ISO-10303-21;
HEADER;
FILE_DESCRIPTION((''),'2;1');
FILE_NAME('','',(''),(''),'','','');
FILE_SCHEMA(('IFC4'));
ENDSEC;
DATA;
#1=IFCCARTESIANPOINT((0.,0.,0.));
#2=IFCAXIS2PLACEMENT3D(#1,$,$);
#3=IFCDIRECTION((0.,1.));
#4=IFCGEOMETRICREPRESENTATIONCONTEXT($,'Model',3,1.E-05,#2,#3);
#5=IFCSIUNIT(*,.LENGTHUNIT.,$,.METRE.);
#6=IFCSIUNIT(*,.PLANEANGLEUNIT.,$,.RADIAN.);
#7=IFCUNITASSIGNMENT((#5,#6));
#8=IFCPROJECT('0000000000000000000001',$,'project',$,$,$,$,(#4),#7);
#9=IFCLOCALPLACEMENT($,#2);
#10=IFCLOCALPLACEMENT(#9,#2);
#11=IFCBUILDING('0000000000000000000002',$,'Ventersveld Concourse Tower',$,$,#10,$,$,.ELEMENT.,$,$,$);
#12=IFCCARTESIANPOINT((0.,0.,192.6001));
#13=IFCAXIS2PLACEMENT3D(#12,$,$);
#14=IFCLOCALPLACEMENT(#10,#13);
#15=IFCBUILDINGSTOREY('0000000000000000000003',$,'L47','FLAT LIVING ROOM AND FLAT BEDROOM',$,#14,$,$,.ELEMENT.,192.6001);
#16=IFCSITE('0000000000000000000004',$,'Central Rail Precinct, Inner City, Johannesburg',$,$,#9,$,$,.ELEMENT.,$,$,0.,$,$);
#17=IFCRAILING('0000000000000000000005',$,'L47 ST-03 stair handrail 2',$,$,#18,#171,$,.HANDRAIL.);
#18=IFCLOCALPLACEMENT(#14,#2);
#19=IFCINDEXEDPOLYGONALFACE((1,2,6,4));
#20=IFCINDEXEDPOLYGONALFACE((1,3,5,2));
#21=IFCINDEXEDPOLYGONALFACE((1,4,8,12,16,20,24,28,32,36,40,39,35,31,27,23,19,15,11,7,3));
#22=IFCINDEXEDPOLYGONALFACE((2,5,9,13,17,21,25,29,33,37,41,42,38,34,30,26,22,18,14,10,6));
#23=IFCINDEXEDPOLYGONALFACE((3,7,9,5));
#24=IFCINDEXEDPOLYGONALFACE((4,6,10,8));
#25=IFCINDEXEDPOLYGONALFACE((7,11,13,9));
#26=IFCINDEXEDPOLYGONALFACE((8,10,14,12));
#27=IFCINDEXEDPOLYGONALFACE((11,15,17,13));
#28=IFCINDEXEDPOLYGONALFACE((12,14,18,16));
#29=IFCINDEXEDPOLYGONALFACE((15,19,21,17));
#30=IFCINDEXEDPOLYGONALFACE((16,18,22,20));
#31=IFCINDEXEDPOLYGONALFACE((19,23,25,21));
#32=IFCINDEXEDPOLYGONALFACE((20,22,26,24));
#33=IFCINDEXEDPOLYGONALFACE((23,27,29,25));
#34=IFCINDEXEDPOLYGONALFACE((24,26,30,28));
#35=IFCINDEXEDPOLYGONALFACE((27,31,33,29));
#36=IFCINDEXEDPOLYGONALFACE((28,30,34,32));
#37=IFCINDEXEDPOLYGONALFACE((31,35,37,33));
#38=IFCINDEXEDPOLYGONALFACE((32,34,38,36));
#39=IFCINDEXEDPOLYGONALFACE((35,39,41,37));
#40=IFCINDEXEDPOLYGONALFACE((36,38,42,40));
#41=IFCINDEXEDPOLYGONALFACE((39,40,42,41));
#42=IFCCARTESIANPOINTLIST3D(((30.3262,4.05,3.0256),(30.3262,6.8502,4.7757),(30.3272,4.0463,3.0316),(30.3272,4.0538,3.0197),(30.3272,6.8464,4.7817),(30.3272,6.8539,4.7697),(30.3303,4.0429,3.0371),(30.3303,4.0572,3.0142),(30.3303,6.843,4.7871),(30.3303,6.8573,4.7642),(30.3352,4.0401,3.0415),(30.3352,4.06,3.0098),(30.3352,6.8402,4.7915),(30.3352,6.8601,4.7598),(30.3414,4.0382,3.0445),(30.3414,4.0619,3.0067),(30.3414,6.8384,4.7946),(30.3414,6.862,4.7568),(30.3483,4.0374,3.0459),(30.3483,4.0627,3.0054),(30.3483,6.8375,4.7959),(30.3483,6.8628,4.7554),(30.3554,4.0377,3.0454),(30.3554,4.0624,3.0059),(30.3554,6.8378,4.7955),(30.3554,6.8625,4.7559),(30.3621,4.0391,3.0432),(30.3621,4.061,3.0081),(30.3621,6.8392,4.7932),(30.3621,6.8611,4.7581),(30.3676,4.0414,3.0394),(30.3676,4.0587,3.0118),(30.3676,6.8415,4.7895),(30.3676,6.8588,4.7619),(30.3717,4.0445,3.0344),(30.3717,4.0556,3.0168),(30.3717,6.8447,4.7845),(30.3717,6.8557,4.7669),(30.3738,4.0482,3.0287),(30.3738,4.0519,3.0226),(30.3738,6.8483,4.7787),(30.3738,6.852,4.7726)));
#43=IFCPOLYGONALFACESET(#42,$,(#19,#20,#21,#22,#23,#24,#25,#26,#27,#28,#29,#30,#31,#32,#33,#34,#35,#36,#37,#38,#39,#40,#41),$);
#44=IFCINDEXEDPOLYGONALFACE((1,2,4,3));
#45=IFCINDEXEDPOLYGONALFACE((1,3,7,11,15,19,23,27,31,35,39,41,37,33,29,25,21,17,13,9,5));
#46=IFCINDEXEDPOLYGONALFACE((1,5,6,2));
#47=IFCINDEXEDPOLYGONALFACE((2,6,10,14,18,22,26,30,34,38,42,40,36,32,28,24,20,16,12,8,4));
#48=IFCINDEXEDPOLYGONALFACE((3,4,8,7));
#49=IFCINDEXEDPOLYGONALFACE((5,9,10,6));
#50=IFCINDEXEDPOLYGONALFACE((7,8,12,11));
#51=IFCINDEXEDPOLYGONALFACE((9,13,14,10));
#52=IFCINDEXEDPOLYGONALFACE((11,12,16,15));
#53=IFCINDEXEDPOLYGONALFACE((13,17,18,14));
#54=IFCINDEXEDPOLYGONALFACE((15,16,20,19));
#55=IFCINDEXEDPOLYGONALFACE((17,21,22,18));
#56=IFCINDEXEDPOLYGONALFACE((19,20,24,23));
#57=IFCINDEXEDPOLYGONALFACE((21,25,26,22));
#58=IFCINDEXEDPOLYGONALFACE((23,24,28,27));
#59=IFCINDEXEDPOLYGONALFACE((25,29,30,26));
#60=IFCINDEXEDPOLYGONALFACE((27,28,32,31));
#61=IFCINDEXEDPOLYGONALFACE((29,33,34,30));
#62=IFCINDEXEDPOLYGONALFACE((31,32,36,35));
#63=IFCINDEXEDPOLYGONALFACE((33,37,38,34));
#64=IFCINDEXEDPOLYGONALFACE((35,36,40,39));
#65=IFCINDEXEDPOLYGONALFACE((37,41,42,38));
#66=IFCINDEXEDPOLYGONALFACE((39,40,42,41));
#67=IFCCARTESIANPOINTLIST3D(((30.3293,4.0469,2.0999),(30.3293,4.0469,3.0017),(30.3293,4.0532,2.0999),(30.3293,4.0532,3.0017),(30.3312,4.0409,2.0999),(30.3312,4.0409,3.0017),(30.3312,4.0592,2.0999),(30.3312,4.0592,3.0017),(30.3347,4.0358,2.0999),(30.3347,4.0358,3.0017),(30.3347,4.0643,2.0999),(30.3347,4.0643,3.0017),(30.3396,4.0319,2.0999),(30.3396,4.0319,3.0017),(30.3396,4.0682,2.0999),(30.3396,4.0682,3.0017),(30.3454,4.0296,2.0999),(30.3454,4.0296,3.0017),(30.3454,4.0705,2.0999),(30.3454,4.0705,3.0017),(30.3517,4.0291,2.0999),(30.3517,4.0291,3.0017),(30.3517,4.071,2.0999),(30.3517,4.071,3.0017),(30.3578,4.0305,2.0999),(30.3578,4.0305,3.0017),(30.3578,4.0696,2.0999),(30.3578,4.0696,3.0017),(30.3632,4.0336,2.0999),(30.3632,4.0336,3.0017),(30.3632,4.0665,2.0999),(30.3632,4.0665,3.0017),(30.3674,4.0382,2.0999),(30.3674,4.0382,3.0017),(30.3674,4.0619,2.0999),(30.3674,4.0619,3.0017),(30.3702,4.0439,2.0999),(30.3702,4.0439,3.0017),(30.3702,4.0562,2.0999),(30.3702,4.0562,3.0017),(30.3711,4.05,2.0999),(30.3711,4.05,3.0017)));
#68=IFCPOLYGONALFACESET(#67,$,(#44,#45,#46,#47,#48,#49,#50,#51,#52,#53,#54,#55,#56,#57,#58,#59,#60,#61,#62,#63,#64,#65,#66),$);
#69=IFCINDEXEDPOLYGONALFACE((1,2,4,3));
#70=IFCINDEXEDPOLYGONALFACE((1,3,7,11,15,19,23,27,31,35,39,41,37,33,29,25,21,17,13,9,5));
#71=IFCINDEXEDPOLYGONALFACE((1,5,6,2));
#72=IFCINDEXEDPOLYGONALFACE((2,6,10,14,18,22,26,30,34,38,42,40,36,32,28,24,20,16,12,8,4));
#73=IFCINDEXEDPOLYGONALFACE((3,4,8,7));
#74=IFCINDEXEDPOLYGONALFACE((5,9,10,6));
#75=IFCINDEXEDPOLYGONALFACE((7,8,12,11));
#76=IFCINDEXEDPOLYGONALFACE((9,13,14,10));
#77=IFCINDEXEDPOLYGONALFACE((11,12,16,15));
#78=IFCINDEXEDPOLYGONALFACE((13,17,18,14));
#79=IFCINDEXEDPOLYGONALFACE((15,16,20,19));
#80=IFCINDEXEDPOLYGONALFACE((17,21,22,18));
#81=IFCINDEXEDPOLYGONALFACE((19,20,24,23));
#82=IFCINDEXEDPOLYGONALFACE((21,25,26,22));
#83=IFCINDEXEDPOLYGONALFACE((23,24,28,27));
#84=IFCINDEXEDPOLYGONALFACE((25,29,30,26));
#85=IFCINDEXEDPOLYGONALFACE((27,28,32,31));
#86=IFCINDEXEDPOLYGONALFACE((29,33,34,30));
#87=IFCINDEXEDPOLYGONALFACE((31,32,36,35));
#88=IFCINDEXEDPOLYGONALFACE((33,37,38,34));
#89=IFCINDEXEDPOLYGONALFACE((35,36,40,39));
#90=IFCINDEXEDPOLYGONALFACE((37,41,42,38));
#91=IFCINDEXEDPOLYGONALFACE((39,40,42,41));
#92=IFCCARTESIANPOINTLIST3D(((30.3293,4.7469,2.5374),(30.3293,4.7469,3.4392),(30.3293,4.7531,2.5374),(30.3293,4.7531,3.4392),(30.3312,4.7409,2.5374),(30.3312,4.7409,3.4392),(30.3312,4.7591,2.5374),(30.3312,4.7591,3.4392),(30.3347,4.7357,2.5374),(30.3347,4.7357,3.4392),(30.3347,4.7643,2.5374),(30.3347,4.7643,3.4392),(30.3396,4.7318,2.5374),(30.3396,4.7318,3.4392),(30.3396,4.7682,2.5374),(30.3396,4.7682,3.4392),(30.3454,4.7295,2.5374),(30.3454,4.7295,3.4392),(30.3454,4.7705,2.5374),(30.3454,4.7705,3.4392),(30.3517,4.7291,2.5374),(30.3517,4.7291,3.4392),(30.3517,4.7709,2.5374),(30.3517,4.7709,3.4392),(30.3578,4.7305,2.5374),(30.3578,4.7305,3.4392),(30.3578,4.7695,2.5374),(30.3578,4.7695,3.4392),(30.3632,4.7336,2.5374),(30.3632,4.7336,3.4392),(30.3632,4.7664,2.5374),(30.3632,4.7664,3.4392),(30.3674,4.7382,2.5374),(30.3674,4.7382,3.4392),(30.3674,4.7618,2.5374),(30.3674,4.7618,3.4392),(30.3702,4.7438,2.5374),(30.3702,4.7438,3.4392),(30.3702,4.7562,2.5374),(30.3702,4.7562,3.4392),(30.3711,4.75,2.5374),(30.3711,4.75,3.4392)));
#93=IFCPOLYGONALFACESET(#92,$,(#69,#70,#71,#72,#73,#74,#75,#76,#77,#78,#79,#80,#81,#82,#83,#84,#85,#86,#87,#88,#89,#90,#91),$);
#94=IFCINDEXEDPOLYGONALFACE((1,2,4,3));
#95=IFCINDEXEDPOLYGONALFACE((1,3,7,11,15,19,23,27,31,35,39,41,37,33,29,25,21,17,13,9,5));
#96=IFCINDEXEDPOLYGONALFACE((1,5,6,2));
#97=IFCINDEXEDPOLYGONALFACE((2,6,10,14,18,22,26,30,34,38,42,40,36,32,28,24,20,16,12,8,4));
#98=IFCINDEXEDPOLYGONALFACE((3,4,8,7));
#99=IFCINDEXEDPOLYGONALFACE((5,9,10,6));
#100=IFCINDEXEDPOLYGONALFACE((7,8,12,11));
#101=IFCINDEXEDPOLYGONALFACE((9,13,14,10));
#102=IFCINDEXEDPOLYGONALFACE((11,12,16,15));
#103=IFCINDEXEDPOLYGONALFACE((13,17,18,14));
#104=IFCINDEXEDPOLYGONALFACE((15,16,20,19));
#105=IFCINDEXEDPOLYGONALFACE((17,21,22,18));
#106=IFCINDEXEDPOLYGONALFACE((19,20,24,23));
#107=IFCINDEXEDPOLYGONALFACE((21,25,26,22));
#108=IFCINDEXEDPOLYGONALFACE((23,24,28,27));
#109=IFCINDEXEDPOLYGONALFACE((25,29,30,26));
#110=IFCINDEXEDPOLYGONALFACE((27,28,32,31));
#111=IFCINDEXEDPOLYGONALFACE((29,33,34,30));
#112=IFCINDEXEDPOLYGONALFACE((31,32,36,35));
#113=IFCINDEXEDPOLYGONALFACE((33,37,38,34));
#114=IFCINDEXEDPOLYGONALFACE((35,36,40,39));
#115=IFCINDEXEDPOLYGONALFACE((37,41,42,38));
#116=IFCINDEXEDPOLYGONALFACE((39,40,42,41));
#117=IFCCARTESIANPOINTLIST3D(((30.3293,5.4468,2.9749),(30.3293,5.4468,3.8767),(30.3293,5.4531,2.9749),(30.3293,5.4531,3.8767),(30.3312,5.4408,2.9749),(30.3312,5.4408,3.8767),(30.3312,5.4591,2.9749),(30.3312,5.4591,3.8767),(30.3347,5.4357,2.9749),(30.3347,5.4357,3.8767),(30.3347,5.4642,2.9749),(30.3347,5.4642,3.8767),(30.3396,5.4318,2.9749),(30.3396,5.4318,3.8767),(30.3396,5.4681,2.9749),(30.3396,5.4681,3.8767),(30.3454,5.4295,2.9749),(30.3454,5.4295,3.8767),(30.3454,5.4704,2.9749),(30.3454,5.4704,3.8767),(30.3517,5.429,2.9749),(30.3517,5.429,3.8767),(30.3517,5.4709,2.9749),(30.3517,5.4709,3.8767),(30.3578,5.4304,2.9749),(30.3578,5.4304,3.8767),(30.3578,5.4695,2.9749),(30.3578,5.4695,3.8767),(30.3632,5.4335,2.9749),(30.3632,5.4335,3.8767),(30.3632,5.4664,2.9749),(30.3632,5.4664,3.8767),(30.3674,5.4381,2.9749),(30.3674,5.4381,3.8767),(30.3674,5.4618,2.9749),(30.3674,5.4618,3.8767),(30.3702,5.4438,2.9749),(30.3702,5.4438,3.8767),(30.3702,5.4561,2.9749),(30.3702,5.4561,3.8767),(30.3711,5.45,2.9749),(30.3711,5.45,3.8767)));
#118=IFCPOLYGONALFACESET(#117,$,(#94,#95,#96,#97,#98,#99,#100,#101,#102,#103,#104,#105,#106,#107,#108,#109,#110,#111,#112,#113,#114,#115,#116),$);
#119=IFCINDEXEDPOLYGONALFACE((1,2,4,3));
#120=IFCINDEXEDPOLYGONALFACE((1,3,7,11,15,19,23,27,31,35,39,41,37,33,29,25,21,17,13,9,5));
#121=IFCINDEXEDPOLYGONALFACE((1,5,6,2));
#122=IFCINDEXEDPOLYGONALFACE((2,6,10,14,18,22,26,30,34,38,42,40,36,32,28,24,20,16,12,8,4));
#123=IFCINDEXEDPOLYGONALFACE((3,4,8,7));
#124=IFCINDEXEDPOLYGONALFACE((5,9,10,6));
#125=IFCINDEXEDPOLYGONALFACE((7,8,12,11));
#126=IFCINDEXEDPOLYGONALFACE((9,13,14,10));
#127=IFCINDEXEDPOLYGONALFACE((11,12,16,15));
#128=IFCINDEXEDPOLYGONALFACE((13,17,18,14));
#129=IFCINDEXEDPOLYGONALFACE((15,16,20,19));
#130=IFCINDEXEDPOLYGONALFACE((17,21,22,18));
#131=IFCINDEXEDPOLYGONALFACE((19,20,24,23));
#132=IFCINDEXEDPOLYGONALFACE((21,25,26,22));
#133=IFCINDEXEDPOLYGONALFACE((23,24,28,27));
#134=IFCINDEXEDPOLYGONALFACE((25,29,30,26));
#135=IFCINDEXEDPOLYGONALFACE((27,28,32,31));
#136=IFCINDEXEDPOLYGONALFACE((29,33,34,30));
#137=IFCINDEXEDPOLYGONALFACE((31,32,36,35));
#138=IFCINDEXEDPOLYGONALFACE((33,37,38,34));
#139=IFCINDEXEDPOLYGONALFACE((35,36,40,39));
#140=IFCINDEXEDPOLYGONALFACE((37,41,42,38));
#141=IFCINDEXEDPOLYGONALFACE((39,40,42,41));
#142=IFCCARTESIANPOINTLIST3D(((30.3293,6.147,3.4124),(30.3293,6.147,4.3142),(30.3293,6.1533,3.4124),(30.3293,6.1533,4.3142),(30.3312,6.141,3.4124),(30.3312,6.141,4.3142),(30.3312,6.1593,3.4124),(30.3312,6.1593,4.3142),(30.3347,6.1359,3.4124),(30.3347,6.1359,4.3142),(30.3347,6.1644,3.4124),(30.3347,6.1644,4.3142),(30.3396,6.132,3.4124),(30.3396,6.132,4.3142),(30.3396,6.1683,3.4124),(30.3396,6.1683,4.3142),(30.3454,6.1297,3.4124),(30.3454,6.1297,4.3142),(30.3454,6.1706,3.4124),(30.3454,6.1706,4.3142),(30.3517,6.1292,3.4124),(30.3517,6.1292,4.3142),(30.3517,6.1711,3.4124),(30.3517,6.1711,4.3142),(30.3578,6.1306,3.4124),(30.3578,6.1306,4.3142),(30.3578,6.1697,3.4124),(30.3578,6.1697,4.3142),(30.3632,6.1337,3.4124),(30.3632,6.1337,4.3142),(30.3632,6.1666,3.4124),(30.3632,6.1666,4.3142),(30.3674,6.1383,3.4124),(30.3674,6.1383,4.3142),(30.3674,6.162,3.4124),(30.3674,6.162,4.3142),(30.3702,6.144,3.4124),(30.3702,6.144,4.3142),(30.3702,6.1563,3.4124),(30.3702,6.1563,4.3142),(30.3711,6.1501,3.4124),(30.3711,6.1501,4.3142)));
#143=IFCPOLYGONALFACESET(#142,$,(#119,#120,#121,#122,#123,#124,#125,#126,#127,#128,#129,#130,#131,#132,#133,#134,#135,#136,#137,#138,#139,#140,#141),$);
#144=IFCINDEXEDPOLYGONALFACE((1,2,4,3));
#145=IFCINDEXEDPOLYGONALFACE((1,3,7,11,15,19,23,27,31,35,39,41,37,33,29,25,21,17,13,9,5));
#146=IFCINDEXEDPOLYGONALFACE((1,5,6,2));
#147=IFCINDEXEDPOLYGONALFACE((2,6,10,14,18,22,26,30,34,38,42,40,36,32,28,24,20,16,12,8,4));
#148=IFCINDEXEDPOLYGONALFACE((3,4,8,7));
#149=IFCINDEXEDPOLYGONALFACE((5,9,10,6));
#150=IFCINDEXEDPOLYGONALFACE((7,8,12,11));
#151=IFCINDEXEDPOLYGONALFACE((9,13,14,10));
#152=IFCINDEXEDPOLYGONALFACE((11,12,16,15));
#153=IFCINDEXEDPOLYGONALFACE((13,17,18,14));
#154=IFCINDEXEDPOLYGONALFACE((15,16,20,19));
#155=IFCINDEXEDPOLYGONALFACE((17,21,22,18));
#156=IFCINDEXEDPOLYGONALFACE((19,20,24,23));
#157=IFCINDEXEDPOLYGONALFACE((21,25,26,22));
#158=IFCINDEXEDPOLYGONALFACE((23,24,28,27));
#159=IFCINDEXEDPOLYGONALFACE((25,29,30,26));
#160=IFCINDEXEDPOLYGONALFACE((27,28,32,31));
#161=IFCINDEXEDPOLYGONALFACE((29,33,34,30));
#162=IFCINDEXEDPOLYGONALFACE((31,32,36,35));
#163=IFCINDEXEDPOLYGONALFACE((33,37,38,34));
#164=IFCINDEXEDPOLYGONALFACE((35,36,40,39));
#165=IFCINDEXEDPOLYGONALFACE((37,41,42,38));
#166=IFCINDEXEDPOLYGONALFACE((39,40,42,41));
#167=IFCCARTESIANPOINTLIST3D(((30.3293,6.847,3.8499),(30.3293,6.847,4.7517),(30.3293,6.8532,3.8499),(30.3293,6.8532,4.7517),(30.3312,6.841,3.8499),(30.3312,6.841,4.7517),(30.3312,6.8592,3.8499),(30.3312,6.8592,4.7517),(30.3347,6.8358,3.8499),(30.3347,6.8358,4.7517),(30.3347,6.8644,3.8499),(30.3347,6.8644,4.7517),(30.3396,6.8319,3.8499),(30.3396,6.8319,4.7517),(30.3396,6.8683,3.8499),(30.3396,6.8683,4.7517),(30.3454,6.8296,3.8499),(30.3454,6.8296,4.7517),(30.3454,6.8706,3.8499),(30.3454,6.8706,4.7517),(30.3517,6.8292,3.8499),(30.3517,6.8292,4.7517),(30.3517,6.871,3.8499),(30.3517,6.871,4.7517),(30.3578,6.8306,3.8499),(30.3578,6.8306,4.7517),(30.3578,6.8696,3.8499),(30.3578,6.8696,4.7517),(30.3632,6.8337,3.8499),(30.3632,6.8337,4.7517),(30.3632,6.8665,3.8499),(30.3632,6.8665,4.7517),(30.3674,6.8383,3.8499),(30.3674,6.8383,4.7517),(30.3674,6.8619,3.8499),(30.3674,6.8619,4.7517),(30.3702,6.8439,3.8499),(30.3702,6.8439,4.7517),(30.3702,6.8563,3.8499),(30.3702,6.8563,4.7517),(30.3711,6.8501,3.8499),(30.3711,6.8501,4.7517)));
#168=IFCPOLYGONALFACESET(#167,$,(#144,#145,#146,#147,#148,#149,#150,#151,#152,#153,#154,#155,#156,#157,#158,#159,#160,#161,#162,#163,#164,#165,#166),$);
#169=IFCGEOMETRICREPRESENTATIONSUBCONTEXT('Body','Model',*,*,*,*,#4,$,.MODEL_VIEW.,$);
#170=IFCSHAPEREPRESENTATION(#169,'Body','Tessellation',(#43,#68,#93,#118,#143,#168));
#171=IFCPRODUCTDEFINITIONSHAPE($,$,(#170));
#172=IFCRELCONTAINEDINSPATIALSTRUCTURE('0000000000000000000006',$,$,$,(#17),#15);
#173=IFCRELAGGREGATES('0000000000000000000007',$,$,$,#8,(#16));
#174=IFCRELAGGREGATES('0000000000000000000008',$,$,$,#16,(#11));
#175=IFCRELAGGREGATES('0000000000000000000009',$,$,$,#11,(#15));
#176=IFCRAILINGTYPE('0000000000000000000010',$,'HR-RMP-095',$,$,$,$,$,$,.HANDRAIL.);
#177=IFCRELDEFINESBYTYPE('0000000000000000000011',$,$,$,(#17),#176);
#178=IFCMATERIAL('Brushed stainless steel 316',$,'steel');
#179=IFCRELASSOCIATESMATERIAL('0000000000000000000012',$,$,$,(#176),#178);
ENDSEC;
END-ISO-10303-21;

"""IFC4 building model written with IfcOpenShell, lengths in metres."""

from ifc_helpers import new_model, si_unit, direction, frame, origin, origin_2d, place, context, subcontext, project, spatial, circle, extrude, material, type_object, element, save


model = new_model("IFC4")

# Units and contexts
model_context = context("Model", 3, precision=1e-05, world=origin(), true_north=direction((0.0, 1.0)))
body_context = subcontext(model_context, "Body", "Model", "MODEL_VIEW")
ifc_project = project(units=[si_unit("LENGTHUNIT", "METRE"), si_unit("PLANEANGLEUNIT", "RADIAN")], contexts=[model_context])

# Site, building, storey
site_placement = place(None, origin())
site = spatial("IfcSite", under=ifc_project, at=site_placement, Name="Central Rail Precinct, Inner City, Johannesburg", CompositionType="ELEMENT", RefElevation=0.0)
building_placement = place(site_placement, origin())
building = spatial("IfcBuilding", under=site, at=building_placement, Name="Ventersveld Concourse Tower", CompositionType="ELEMENT")
storey_placement = place(building_placement, frame((0.0, 0.0, 192.6001)))
storey = spatial("IfcBuildingStorey", under=building, at=storey_placement, Name="L47", Description="FLAT LIVING ROOM AND FLAT BEDROOM", CompositionType="ELEMENT", Elevation=192.6001)

# Shared definitions
ifc_material_1 = material(Name="Brushed stainless steel 316", Category="steel")

# Railing
railing_type_1 = type_object("IfcRailingType", Name="HR-RMP-095", PredefinedType="HANDRAIL", material=ifc_material_1)
railing_1_placement = place(storey_placement, frame((30.3501, 4.05, 2.0999)))
element("IfcRailing", 1, at=railing_1_placement, inside=storey, type_object=railing_type_1, Name="L47 ST-03 stair handrail 2", PredefinedType="HANDRAIL", context=body_context, shape_type="SweptSolid", body=[
    extrude(circle(Radius=0.0239, at=origin_2d()), frame((0.0, 0.0, 0.9258), z_axis=(0.0, 0.848002, 0.529992), x_axis=(-1.0, 0.0, 0.0)), (0.0, 0.0, 1.0), 3.302),
    extrude(circle(Radius=0.021, at=origin_2d()), origin(), (0.0, 0.0, 1.0), 0.9019),
    extrude(circle(Radius=0.021, at=origin_2d()), frame((0.0, 0.7, 0.4375)), (0.0, 0.0, 1.0), 0.9019),
    extrude(circle(Radius=0.021, at=origin_2d()), frame((0.0, 1.3999, 0.875)), (0.0, 0.0, 1.0), 0.9019),
    extrude(circle(Radius=0.021, at=origin_2d()), frame((0.0, 2.1001, 1.3125)), (0.0, 0.0, 1.0), 0.9019),
    extrude(circle(Radius=0.021, at=origin_2d()), frame((0.0, 2.8, 1.75)), (0.0, 0.0, 1.0), 0.9019),
])

save(model, "model.ifc")
